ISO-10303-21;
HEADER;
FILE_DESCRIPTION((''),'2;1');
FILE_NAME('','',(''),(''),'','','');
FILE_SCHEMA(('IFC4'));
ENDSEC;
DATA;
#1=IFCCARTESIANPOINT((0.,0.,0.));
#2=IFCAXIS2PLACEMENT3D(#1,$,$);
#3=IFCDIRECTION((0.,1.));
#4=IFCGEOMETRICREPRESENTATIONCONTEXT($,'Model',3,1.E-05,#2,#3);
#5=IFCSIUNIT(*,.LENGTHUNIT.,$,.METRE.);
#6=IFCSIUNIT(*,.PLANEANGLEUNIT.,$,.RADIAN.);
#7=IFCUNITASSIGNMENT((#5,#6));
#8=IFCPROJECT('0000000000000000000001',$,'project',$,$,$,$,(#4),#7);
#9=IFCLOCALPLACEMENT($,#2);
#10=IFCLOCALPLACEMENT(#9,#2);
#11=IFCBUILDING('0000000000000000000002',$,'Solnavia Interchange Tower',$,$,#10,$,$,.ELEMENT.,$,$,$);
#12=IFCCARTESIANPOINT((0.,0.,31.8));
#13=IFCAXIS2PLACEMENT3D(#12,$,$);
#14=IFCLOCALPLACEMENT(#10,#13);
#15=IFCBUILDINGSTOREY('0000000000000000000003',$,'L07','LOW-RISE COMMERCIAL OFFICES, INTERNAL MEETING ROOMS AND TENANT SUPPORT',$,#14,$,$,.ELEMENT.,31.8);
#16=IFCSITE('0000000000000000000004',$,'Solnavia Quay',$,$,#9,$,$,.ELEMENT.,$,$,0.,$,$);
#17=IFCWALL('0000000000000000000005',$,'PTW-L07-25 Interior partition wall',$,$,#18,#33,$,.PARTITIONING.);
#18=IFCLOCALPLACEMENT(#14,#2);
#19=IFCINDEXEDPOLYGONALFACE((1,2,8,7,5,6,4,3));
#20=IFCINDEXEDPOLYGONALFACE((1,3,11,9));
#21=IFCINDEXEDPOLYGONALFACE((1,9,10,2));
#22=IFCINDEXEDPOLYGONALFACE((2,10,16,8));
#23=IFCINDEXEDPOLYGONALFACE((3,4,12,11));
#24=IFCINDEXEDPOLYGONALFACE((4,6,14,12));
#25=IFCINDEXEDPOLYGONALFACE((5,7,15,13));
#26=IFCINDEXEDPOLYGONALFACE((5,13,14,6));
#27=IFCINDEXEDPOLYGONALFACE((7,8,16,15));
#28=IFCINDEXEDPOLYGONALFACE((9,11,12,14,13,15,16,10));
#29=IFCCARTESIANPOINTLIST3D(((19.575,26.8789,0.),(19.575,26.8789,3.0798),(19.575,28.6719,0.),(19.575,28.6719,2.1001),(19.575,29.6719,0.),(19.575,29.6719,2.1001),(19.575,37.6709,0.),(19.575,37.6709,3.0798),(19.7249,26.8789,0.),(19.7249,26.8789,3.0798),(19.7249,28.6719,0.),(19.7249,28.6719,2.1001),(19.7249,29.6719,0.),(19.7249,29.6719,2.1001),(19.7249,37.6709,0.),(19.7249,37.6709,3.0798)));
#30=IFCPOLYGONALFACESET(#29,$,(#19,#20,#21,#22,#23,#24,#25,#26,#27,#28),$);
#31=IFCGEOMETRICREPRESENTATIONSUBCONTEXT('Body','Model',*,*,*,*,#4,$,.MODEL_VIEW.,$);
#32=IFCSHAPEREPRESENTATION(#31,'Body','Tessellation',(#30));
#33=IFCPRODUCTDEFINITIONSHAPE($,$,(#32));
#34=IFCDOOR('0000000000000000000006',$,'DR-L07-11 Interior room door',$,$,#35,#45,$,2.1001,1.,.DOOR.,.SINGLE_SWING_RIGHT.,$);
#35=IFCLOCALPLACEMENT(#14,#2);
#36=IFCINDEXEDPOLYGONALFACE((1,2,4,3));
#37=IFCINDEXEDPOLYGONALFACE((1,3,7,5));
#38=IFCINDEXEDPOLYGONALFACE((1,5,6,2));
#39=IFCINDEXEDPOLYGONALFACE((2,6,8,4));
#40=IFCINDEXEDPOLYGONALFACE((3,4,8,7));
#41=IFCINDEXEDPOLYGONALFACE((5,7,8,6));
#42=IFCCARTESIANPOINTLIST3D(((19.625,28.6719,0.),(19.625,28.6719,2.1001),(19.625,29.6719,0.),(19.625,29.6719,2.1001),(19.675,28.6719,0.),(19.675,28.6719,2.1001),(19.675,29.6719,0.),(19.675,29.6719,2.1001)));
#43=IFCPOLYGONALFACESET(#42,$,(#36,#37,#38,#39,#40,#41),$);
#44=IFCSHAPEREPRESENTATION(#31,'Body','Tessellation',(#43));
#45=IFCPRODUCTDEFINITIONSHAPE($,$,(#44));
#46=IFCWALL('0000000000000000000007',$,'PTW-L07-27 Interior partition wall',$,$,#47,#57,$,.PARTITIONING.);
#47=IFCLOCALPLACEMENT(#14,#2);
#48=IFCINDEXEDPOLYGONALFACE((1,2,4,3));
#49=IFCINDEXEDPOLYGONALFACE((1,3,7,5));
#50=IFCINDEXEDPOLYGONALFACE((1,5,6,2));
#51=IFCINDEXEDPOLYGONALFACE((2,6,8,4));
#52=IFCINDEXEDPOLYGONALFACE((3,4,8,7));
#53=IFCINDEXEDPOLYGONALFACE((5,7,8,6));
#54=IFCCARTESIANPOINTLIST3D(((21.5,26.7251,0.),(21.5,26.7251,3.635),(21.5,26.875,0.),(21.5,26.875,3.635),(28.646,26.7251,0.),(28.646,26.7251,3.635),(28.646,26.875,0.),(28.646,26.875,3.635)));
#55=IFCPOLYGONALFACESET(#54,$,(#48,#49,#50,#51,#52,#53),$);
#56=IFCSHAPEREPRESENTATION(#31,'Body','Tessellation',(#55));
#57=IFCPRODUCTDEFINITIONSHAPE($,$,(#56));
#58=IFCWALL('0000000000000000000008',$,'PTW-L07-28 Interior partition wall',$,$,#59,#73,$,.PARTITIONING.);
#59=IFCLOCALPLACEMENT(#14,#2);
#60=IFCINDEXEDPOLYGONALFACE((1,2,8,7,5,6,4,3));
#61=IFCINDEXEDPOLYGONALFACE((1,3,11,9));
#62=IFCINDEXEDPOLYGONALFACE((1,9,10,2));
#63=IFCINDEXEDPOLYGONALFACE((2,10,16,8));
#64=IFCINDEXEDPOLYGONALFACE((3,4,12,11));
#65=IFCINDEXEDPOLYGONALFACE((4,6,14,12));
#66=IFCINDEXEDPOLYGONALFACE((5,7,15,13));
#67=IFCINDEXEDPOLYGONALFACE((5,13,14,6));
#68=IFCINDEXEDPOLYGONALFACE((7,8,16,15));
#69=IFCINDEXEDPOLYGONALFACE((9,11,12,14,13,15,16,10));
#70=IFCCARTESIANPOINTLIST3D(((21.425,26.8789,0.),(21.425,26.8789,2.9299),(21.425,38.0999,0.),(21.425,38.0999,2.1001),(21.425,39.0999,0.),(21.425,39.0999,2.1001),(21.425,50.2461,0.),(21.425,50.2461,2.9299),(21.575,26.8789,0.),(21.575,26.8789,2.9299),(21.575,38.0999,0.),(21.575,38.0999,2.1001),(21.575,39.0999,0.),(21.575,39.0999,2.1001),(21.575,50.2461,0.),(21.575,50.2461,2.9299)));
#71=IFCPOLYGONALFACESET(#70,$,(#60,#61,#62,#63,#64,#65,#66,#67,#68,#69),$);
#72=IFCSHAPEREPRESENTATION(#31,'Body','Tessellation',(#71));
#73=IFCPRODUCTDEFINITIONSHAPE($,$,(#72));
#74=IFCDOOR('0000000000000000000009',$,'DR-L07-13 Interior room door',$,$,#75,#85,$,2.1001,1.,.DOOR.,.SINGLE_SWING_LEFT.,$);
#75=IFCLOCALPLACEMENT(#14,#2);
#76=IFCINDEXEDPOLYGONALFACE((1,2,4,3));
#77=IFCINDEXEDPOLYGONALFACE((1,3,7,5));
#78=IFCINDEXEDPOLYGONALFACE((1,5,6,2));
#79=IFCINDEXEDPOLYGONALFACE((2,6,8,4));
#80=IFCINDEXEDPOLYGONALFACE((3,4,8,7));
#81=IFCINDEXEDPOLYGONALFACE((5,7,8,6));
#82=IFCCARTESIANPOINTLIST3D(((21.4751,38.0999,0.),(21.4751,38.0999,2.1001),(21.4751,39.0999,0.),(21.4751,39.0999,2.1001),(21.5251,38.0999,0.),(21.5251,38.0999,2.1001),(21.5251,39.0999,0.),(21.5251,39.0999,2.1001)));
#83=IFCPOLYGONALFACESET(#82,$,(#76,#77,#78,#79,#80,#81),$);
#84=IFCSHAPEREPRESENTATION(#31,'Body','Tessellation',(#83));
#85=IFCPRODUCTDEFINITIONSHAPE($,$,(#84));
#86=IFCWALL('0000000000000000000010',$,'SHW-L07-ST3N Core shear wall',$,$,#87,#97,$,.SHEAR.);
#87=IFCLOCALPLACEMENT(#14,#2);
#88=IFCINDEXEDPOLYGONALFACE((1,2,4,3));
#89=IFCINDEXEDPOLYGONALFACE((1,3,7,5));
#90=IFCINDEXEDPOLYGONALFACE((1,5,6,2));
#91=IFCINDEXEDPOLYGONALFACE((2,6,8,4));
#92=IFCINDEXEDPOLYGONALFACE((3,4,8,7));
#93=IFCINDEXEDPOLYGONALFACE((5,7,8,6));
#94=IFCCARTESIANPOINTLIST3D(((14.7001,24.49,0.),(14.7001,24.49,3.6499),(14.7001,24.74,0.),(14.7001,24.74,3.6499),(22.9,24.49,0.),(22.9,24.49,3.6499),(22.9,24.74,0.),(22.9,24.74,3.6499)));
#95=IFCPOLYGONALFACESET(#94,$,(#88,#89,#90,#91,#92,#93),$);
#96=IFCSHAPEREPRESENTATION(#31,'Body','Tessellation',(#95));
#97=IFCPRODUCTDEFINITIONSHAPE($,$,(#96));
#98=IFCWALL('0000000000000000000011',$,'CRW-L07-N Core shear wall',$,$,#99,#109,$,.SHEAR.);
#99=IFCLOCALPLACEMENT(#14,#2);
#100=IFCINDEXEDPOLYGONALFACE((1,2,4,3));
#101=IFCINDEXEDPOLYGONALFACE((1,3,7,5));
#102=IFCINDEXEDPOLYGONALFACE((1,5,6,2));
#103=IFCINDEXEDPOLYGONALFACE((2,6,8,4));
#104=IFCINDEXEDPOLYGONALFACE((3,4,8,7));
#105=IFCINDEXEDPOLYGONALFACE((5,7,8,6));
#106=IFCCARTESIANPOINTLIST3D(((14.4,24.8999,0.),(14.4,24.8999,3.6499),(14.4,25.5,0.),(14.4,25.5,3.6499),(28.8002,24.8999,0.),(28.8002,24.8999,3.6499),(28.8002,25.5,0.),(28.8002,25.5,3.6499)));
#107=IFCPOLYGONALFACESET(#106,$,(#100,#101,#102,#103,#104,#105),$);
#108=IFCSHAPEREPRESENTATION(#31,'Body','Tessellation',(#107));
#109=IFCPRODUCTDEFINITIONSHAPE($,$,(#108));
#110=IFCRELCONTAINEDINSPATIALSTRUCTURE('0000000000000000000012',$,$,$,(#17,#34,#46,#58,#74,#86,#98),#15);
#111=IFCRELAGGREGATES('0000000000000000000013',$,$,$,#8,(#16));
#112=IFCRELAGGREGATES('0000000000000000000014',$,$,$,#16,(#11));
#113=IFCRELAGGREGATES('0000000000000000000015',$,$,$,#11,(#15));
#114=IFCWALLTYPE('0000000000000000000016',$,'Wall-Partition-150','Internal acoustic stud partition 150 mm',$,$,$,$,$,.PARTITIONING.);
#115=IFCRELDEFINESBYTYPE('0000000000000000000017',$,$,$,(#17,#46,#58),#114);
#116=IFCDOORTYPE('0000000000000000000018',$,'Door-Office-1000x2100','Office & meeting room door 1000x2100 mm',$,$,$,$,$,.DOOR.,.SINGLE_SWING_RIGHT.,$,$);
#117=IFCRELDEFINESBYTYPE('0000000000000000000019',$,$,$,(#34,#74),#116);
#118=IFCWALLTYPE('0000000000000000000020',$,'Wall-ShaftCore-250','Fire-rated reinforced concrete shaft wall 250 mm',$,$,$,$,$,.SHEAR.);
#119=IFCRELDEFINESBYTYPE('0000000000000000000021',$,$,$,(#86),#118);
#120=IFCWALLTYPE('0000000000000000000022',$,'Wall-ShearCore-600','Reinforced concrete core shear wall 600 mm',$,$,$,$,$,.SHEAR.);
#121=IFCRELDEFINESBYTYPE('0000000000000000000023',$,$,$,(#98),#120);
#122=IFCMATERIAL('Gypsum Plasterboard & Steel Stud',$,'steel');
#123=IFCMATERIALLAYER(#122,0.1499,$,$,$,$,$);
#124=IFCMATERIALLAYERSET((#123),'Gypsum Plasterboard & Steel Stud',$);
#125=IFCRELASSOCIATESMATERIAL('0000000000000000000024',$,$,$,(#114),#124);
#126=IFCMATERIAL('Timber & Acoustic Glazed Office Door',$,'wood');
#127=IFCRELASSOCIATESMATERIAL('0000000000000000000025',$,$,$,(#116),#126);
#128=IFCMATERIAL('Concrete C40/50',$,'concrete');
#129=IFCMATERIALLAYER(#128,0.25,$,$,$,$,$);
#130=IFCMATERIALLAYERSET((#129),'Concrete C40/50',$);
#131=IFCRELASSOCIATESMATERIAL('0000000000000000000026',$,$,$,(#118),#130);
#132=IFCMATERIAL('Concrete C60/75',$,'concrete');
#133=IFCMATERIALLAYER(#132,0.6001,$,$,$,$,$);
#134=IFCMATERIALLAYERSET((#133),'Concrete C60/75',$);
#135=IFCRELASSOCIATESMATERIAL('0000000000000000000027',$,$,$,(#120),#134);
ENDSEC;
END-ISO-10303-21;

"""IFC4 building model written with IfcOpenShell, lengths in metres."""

from ifc_helpers import new_model, si_unit, direction, frame, frame_2d, origin, place, context, subcontext, project, spatial, rectangle, extrude, material, layer, layer_set, type_object, element, fill, save


model = new_model("IFC4")

# Units and contexts
model_context = context("Model", 3, precision=1e-05, world=origin(), true_north=direction((0.0, 1.0)))
body_context = subcontext(model_context, "Body", "Model", "MODEL_VIEW")
ifc_project = project(units=[si_unit("LENGTHUNIT", "METRE"), si_unit("PLANEANGLEUNIT", "RADIAN")], contexts=[model_context])

# Site, building, storey
site_placement = place(None, origin())
site = spatial("IfcSite", under=ifc_project, at=site_placement, Name="Solnavia Quay", CompositionType="ELEMENT", RefElevation=0.0)
building_placement = place(site_placement, origin())
building = spatial("IfcBuilding", under=site, at=building_placement, Name="Solnavia Interchange Tower", CompositionType="ELEMENT")
storey_placement = place(building_placement, frame((0.0, 0.0, 31.8)))
storey = spatial("IfcBuildingStorey", under=building, at=storey_placement, Name="L07", Description="LOW-RISE COMMERCIAL OFFICES, INTERNAL MEETING ROOMS AND TENANT SUPPORT", CompositionType="ELEMENT", Elevation=31.8)

# Wall, opening, door
ifc_material_1 = material(Name="Gypsum Plasterboard & Steel Stud", Category="steel")
ifc_layer_1 = layer(ifc_material_1, 0.1499)
ifc_layer_set_1 = layer_set([ifc_layer_1], Name="Gypsum Plasterboard & Steel Stud")
wall_type_1 = type_object("IfcWallType", Name="Wall-Partition-150", Description="Internal acoustic stud partition 150 mm", PredefinedType="PARTITIONING", material=ifc_layer_set_1)
wall_1_placement = place(storey_placement, frame((19.6499, 26.8789, 0.0), z_axis=(0.0, 0.0, 1.0), x_axis=(0.0, 1.0, 0.0)))
wall_1 = element("IfcWall", 1, at=wall_1_placement, inside=storey, type_object=wall_type_1, Name="PTW-L07-25 Interior partition wall", PredefinedType="PARTITIONING", context=body_context, shape_type="SweptSolid", body=[
    extrude(rectangle(XDim=10.792, YDim=0.1499, at=frame_2d((5.396, 0.0))), origin(), (0.0, 0.0, 1.0), 3.0798),
])
opening_1_placement = place(wall_1_placement, frame((1.793, 0.0, 0.0)))
opening_1 = element("IfcOpeningElement", 2, at=opening_1_placement, cuts=wall_1, PredefinedType="OPENING", context=body_context, shape_type="SweptSolid", body=[
    extrude(rectangle(XDim=1.0, YDim=2.1001, at=frame_2d((0.5, 1.05))), frame((0.0, 0.085, 0.0), z_axis=(0.0, -1.0, 0.0), x_axis=(1.0, 0.0, 0.0)), (0.0, 0.0, 1.0), 0.1699),
])
ifc_material_2 = material(Name="Timber & Acoustic Glazed Office Door", Category="wood")
door_type = type_object("IfcDoorType", Name="Door-Office-1000x2100", Description="Office & meeting room door 1000x2100 mm", OperationType="SINGLE_SWING_RIGHT", PredefinedType="DOOR", material=ifc_material_2)
door_1_placement = place(opening_1_placement, origin())
door_1 = element("IfcDoor", 3, at=door_1_placement, inside=storey, type_object=door_type, Name="DR-L07-11 Interior room door", OperationType="SINGLE_SWING_RIGHT", OverallHeight=2.1001, OverallWidth=1.0, PredefinedType="DOOR", context=body_context, shape_type="SweptSolid", body=[
    extrude(rectangle(XDim=1.0, YDim=2.1001, at=frame_2d((0.5, 1.05))), frame((0.0, 0.0249, 0.0), z_axis=(0.0, -1.0, 0.0), x_axis=(1.0, 0.0, 0.0)), (0.0, 0.0, 1.0), 0.05),
])
fill(opening_1, door_1)

# Wall
wall_2_placement = place(storey_placement, frame((21.5, 26.8, 0.0), z_axis=(0.0, 0.0, 1.0), x_axis=(1.0, 0.0, 0.0)))
element("IfcWall", 4, at=wall_2_placement, inside=storey, type_object=wall_type_1, Name="PTW-L07-27 Interior partition wall", PredefinedType="PARTITIONING", context=body_context, shape_type="SweptSolid", body=[
    extrude(rectangle(XDim=7.146, YDim=0.1499, at=frame_2d((3.573, 0.0))), origin(), (0.0, 0.0, 1.0), 3.635),
])

# Wall, opening, door
wall_3_placement = place(storey_placement, frame((21.5, 26.8789, 0.0), z_axis=(0.0, 0.0, 1.0), x_axis=(0.0, 1.0, 0.0)))
wall_3 = element("IfcWall", 5, at=wall_3_placement, inside=storey, type_object=wall_type_1, Name="PTW-L07-28 Interior partition wall", PredefinedType="PARTITIONING", context=body_context, shape_type="SweptSolid", body=[
    extrude(rectangle(XDim=23.3672, YDim=0.1499, at=frame_2d((11.6836, 0.0))), origin(), (0.0, 0.0, 1.0), 2.9299),
])
opening_2_placement = place(wall_3_placement, frame((11.2209, 0.0, 0.0)))
opening_2 = element("IfcOpeningElement", 6, at=opening_2_placement, cuts=wall_3, PredefinedType="OPENING", context=body_context, shape_type="SweptSolid", body=[
    extrude(rectangle(XDim=1.0, YDim=2.1001, at=frame_2d((0.5, 1.05))), frame((0.0, 0.085, 0.0), z_axis=(0.0, -1.0, 0.0), x_axis=(1.0, 0.0, 0.0)), (0.0, 0.0, 1.0), 0.1699),
])
door_2_placement = place(opening_2_placement, origin())
door_2 = element("IfcDoor", 7, at=door_2_placement, inside=storey, type_object=door_type, Name="DR-L07-13 Interior room door", OperationType="SINGLE_SWING_LEFT", OverallHeight=2.1001, OverallWidth=1.0, PredefinedType="DOOR", context=body_context, shape_type="SweptSolid", body=[
    extrude(rectangle(XDim=1.0, YDim=2.1001, at=frame_2d((0.5, 1.05))), frame((0.0, 0.0249, 0.0), z_axis=(0.0, -1.0, 0.0), x_axis=(1.0, 0.0, 0.0)), (0.0, 0.0, 1.0), 0.05),
])
fill(opening_2, door_2)

# Walls
ifc_material_3 = material(Name="Concrete C40/50", Category="concrete")
ifc_layer_2 = layer(ifc_material_3, 0.25)
ifc_layer_set_2 = layer_set([ifc_layer_2], Name="Concrete C40/50")
wall_type_2 = type_object("IfcWallType", Name="Wall-ShaftCore-250", Description="Fire-rated reinforced concrete shaft wall 250 mm", PredefinedType="SHEAR", material=ifc_layer_set_2)
wall_4_placement = place(storey_placement, frame((14.7, 24.615, 0.0), z_axis=(0.0, 0.0, 1.0), x_axis=(1.0, 0.0, 0.0)))
element("IfcWall", 8, at=wall_4_placement, inside=storey, type_object=wall_type_2, Name="SHW-L07-ST3N Core shear wall", PredefinedType="SHEAR", context=body_context, shape_type="SweptSolid", body=[
    extrude(rectangle(XDim=8.2, YDim=0.25, at=frame_2d((4.1001, 0.0))), origin(), (0.0, 0.0, 1.0), 3.6499),
])
ifc_material_4 = material(Name="Concrete C60/75", Category="concrete")
ifc_layer_3 = layer(ifc_material_4, 0.6001)
ifc_layer_set_3 = layer_set([ifc_layer_3], Name="Concrete C60/75")
wall_type_3 = type_object("IfcWallType", Name="Wall-ShearCore-600", Description="Reinforced concrete core shear wall 600 mm", PredefinedType="SHEAR", material=ifc_layer_set_3)
wall_5_placement = place(storey_placement, frame((14.3999, 25.2, 0.0), z_axis=(0.0, 0.0, 1.0), x_axis=(1.0, 0.0, 0.0)))
element("IfcWall", 9, at=wall_5_placement, inside=storey, type_object=wall_type_3, Name="CRW-L07-N Core shear wall", PredefinedType="SHEAR", context=body_context, shape_type="SweptSolid", body=[
    extrude(rectangle(XDim=14.4001, YDim=0.6001, at=frame_2d((7.2002, 0.0))), origin(), (0.0, 0.0, 1.0), 3.6499),
])

save(model, "model.ifc")
